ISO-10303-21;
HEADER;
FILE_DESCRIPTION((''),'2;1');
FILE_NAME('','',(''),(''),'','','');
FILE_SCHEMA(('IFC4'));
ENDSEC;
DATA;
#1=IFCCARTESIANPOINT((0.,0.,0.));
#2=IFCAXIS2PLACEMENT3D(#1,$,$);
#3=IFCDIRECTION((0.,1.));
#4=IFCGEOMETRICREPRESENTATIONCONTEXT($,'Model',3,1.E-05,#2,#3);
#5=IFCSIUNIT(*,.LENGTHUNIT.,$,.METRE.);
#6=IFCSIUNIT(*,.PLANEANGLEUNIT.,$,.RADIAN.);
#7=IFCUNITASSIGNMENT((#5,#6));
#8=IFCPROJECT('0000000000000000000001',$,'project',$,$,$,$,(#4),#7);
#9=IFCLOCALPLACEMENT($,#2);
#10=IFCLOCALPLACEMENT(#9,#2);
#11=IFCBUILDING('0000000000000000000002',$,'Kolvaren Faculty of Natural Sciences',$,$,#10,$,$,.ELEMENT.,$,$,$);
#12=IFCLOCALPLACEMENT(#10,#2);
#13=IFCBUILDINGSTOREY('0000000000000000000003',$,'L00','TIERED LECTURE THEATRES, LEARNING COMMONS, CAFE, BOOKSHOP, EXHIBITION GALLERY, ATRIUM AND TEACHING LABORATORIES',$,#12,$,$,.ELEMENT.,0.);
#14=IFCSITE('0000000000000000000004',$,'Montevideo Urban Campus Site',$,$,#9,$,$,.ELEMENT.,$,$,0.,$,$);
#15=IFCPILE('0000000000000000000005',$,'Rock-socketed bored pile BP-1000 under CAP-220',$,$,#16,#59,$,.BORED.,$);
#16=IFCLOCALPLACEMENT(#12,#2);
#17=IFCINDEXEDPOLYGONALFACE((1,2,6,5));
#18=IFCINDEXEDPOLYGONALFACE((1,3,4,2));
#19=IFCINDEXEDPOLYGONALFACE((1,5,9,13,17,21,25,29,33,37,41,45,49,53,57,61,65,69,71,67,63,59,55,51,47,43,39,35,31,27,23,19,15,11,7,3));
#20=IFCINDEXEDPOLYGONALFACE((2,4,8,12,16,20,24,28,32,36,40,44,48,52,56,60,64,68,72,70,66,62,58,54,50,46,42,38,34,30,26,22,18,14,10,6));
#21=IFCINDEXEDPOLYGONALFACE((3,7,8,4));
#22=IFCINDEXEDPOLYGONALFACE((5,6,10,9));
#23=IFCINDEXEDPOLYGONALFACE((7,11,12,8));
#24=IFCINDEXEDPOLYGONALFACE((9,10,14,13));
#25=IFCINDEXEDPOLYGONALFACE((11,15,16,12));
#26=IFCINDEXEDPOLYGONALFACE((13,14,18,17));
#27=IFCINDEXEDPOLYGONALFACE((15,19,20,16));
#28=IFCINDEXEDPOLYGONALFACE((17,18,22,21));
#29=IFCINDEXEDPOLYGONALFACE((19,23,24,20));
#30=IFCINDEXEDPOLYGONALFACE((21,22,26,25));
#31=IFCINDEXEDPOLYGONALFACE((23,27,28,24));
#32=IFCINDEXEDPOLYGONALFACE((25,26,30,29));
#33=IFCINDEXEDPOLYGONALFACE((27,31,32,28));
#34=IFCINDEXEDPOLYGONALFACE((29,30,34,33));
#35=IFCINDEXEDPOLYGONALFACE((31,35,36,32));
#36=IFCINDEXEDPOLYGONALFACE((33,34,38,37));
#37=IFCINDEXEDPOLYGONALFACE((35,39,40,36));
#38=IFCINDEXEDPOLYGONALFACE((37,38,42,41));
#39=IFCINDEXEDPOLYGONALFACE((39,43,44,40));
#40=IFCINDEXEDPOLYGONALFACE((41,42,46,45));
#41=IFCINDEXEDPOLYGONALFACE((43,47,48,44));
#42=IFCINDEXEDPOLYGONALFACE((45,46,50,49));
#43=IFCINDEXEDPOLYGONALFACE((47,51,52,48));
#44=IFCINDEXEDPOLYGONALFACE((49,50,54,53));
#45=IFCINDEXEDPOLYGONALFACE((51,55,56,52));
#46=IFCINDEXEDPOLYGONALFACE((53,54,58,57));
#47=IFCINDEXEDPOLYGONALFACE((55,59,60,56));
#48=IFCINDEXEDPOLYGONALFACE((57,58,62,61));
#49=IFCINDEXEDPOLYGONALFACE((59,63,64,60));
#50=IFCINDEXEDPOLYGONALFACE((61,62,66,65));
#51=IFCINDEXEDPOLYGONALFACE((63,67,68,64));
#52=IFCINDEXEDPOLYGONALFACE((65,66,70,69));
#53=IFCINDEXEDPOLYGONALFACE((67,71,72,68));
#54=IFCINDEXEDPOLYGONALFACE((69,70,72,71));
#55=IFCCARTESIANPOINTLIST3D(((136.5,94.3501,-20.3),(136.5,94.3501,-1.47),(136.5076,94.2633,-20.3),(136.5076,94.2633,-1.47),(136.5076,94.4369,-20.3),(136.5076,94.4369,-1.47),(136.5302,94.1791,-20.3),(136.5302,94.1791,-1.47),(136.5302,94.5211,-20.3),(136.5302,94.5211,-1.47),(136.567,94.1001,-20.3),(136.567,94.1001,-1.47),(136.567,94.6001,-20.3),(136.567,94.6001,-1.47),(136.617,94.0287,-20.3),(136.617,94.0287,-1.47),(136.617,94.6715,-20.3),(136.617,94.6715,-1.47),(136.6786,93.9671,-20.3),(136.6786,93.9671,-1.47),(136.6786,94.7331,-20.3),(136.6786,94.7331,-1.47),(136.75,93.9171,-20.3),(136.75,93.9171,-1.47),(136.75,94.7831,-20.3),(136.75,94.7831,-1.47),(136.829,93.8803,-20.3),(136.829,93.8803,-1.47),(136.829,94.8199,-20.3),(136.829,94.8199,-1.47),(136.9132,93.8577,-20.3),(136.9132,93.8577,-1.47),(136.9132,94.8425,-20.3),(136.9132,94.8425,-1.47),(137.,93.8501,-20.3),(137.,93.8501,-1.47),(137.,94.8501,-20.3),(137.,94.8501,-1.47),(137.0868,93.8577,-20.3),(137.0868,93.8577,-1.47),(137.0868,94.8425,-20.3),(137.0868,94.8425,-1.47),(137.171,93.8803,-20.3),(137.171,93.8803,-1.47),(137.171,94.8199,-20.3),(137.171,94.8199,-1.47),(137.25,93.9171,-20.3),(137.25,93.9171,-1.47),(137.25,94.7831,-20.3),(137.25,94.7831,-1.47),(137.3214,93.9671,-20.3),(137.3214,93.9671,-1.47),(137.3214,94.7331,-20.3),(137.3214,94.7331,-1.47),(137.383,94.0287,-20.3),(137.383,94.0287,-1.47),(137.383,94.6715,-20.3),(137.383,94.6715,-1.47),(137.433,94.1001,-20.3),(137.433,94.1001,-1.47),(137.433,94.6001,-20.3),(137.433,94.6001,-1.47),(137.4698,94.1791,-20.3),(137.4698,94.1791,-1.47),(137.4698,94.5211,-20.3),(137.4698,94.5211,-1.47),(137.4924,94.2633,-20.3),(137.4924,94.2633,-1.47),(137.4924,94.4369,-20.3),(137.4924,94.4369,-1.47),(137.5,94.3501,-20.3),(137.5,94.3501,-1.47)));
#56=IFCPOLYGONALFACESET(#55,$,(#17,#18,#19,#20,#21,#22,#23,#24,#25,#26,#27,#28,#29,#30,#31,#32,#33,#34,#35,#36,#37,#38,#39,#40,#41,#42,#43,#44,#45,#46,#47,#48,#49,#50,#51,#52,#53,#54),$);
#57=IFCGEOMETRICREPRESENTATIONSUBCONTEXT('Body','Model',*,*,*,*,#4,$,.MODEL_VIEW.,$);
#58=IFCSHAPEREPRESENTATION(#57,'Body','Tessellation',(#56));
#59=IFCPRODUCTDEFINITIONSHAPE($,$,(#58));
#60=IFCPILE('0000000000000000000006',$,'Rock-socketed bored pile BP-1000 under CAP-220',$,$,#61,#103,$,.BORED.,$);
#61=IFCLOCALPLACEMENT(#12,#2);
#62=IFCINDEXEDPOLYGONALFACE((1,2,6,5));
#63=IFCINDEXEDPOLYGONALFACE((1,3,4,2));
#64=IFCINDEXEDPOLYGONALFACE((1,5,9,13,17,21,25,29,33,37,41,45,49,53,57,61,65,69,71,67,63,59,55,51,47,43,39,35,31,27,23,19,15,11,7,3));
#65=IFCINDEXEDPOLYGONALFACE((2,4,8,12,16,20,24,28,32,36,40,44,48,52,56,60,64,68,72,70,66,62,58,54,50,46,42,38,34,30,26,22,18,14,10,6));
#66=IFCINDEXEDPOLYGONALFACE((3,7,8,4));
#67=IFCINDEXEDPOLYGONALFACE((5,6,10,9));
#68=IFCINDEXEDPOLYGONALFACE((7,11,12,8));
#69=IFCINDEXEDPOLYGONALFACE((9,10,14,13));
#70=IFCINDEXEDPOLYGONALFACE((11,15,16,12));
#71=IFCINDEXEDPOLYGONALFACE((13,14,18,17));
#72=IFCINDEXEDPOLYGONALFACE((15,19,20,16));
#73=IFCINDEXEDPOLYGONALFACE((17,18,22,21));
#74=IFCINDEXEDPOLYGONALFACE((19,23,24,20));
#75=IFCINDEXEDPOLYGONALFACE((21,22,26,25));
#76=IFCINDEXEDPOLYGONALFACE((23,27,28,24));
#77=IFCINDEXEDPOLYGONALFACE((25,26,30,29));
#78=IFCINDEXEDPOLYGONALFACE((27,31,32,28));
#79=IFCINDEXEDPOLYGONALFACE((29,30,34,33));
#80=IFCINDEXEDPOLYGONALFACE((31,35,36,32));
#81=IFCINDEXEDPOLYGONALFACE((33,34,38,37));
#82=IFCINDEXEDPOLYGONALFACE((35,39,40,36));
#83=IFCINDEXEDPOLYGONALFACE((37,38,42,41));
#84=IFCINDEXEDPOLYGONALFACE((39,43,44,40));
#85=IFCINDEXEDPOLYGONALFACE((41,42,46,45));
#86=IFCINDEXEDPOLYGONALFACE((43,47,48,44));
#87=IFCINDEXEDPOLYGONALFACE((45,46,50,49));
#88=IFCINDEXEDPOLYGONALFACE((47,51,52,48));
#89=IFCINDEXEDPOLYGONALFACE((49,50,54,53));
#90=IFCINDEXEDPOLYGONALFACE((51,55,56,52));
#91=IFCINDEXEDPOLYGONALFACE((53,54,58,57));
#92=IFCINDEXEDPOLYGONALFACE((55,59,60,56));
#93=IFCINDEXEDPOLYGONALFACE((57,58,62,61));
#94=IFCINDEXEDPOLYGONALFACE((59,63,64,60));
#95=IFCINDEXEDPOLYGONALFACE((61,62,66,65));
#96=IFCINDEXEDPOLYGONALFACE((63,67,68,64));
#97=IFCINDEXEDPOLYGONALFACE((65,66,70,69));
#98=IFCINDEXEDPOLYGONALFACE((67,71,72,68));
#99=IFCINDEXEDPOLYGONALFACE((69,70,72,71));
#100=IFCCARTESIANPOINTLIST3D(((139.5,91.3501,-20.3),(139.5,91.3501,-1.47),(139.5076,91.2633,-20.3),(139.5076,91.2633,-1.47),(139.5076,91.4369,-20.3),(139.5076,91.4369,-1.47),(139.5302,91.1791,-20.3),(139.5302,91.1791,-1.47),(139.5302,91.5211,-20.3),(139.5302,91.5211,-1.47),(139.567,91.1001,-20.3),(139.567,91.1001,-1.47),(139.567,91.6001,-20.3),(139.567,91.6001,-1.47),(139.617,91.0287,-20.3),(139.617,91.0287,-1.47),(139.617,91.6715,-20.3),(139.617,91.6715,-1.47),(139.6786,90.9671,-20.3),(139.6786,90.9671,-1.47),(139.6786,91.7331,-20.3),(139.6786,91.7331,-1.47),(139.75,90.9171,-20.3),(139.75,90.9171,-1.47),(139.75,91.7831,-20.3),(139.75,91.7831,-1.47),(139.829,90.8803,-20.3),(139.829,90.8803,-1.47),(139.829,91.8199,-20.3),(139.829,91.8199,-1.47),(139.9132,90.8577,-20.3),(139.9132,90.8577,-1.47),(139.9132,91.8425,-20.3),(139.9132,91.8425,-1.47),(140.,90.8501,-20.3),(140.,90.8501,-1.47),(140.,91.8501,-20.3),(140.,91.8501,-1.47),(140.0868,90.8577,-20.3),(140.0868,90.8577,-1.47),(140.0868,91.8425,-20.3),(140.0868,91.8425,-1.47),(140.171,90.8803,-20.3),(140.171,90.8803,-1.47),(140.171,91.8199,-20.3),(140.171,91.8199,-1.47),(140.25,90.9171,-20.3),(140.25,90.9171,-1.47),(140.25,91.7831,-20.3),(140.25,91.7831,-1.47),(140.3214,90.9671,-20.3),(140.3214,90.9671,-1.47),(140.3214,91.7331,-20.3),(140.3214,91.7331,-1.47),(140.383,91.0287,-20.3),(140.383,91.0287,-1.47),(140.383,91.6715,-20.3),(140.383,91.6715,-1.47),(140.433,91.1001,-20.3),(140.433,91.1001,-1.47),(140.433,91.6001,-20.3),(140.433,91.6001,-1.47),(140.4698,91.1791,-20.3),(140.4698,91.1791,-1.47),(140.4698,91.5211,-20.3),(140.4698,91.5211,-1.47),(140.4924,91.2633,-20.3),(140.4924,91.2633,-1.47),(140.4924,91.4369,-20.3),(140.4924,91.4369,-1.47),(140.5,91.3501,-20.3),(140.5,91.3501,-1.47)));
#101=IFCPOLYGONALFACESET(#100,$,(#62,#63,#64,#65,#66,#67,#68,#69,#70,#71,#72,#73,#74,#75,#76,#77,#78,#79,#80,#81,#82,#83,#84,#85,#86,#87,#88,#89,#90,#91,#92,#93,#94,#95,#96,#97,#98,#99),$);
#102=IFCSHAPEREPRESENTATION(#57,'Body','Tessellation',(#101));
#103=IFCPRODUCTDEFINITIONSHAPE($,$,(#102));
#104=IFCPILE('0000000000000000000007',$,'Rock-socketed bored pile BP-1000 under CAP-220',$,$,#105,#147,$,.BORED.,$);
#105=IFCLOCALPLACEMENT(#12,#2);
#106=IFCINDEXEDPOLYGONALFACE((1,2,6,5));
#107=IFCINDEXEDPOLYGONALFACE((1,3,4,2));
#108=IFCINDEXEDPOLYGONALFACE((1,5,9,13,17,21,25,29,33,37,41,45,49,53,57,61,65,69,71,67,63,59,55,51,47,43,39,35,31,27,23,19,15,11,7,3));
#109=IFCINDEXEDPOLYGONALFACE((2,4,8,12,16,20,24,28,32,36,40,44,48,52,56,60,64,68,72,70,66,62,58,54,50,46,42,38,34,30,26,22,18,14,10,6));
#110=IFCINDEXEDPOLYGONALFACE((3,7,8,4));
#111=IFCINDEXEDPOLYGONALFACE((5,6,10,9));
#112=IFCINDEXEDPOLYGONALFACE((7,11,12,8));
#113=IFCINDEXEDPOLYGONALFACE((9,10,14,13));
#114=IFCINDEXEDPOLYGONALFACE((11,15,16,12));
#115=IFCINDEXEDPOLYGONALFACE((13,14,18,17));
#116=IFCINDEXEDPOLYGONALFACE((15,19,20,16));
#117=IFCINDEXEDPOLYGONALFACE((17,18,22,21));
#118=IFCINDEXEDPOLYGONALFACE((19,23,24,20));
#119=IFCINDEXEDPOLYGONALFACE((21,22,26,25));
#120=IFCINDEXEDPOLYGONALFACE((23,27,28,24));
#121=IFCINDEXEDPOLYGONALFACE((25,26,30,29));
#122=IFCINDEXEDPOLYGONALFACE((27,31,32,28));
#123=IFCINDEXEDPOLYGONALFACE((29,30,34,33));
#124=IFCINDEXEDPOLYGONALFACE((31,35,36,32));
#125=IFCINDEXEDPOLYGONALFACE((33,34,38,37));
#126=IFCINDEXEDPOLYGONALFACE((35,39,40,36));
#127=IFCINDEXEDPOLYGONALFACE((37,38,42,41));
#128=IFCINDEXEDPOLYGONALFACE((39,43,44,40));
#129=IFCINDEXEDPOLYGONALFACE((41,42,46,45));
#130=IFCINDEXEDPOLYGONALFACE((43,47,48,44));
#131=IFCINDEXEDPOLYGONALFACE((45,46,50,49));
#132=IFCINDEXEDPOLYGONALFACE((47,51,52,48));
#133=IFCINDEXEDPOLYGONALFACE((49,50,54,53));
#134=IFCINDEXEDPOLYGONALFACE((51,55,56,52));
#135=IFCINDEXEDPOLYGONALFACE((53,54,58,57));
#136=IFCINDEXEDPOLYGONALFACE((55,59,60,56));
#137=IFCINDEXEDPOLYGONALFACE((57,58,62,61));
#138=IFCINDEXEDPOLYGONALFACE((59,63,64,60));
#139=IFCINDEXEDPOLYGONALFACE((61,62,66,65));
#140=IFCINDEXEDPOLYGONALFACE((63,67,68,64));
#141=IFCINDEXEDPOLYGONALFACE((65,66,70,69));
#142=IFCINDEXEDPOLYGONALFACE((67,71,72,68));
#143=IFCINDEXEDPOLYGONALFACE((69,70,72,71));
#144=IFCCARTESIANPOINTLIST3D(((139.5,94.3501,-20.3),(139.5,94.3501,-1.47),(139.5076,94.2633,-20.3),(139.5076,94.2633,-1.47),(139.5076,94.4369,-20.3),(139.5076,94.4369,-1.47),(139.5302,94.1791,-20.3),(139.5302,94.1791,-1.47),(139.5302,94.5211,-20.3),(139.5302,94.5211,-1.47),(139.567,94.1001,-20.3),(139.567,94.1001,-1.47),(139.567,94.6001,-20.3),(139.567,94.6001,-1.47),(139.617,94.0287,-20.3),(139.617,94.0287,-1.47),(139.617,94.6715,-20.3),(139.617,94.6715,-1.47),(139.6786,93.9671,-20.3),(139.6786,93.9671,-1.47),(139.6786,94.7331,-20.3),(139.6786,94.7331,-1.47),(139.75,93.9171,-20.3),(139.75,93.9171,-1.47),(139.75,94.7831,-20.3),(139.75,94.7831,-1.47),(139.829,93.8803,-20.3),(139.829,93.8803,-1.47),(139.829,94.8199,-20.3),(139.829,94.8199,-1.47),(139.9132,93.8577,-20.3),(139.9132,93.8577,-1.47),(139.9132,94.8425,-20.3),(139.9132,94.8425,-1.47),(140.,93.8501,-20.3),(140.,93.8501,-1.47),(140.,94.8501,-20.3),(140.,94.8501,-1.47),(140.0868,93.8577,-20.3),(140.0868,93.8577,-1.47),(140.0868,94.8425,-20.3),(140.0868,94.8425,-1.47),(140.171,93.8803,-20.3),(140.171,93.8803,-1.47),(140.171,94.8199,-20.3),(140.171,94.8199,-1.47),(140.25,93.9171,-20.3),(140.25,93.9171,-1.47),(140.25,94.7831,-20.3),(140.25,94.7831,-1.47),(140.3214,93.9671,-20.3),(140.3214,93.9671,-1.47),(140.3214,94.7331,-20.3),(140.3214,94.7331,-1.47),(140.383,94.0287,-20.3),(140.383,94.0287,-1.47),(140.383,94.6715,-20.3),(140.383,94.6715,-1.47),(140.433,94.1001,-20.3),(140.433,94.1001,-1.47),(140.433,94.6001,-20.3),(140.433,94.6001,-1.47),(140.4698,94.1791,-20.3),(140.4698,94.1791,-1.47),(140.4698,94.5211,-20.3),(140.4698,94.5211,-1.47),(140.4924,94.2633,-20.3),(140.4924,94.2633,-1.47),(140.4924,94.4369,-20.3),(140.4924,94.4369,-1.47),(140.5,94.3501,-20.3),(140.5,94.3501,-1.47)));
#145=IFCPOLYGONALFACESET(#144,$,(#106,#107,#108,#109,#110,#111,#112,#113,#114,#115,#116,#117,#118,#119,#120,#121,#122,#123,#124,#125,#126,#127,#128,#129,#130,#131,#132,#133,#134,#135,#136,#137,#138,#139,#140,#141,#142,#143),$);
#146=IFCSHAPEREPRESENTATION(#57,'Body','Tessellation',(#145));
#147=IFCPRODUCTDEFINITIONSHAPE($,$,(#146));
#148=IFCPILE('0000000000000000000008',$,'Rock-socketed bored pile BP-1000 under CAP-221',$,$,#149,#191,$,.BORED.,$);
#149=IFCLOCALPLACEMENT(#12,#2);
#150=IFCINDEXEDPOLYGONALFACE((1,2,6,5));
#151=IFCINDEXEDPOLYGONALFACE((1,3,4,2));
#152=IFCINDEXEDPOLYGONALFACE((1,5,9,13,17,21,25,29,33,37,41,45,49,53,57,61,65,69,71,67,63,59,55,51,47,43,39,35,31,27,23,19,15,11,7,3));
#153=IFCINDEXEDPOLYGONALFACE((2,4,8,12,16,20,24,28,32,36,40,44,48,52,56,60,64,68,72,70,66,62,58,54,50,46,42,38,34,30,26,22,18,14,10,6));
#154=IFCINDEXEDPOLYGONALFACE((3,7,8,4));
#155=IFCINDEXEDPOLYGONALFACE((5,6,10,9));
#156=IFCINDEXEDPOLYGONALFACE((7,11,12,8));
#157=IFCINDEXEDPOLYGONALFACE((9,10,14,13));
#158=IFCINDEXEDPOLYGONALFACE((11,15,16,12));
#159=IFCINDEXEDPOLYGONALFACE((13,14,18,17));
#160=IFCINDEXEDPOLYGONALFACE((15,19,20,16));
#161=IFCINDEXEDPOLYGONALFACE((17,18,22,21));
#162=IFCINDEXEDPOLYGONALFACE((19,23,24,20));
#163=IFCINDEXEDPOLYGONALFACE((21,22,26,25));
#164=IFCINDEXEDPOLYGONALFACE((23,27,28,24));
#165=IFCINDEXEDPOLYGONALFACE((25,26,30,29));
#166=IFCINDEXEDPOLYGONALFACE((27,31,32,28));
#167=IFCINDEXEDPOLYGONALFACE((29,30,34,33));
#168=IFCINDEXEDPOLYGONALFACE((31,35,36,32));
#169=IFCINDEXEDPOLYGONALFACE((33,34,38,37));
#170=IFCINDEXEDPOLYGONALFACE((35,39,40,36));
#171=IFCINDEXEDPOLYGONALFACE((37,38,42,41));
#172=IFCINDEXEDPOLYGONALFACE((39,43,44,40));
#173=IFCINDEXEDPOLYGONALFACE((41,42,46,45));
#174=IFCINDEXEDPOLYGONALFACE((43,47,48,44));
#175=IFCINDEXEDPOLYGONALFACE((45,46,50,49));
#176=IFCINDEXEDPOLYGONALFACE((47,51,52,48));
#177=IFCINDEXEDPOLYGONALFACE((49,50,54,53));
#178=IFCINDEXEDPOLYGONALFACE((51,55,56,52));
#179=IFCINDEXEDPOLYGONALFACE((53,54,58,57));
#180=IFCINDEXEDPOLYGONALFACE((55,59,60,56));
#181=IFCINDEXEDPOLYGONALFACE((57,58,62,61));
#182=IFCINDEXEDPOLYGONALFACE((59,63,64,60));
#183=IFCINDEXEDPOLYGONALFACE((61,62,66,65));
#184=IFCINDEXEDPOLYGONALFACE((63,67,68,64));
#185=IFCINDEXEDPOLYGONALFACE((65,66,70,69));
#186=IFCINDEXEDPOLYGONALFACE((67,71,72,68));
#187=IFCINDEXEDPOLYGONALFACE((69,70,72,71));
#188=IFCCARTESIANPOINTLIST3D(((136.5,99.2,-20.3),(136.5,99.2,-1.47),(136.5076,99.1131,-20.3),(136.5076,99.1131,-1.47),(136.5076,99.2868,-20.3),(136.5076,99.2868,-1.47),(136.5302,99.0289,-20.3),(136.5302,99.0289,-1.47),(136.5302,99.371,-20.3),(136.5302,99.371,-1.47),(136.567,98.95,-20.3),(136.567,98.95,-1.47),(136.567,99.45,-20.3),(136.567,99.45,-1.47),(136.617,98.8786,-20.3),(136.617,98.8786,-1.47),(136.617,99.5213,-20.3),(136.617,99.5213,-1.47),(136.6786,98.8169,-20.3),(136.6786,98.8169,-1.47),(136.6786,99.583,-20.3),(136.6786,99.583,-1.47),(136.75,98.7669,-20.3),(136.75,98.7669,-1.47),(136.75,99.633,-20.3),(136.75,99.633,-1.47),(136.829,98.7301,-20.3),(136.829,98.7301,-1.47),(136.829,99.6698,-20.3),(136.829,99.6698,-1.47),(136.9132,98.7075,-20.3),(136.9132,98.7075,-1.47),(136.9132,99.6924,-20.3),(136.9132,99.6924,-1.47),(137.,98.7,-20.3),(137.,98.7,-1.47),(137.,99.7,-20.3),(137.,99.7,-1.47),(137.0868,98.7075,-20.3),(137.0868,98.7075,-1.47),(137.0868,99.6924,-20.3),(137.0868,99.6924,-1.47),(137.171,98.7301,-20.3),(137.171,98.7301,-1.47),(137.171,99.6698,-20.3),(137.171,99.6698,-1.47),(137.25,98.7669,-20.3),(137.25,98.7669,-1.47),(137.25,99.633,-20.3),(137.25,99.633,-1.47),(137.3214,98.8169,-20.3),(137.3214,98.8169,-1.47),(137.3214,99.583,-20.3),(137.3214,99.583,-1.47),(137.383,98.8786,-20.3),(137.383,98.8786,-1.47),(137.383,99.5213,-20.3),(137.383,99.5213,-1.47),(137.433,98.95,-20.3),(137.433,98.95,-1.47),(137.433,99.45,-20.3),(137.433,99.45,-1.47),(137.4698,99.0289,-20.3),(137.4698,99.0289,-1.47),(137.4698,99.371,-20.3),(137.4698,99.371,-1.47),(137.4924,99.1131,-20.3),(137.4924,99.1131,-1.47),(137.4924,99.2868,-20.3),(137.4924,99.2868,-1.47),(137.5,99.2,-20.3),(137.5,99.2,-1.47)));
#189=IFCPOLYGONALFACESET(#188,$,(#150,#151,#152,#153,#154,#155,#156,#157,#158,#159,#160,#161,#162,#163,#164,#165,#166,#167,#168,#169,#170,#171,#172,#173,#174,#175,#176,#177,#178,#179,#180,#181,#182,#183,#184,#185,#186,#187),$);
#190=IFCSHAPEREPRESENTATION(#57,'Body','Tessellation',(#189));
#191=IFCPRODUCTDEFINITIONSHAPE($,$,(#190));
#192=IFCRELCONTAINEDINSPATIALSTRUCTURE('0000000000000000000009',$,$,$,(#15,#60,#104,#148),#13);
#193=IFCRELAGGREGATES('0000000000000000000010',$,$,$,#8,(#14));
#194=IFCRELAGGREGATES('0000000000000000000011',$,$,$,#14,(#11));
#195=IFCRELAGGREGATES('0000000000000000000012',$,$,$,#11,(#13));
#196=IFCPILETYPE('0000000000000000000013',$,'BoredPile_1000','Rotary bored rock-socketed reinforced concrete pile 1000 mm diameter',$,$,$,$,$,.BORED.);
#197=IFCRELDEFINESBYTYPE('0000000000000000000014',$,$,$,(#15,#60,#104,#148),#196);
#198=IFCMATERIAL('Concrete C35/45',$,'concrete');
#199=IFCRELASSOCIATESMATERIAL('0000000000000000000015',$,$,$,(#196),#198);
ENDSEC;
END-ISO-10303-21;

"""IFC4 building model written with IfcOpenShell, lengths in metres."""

from ifc_helpers import new_model, si_unit, direction, frame, origin, origin_2d, place, context, subcontext, project, spatial, circle, extrude, material, material_profile, profile_set, type_object, element, save


model = new_model("IFC4")

# Units and contexts
model_context = context("Model", 3, precision=1e-05, world=origin(), true_north=direction((0.0, 1.0)))
body_context = subcontext(model_context, "Body", "Model", "MODEL_VIEW")
ifc_project = project(units=[si_unit("LENGTHUNIT", "METRE"), si_unit("PLANEANGLEUNIT", "RADIAN")], contexts=[model_context])

# Site, building, storey
site_placement = place(None, origin())
site = spatial("IfcSite", under=ifc_project, at=site_placement, Name="Montevideo Urban Campus Site", CompositionType="ELEMENT", RefElevation=0.0)
building_placement = place(site_placement, origin())
building = spatial("IfcBuilding", under=site, at=building_placement, Name="Kolvaren Faculty of Natural Sciences", CompositionType="ELEMENT")
storey_placement = place(building_placement, origin())
storey = spatial("IfcBuildingStorey", under=building, at=storey_placement, Name="L00", Description="TIERED LECTURE THEATRES, LEARNING COMMONS, CAFE, BOOKSHOP, EXHIBITION GALLERY, ATRIUM AND TEACHING LABORATORIES", CompositionType="ELEMENT", Elevation=0.0)

# Piles
ifc_material_1 = material(Name="Concrete C35/45", Category="concrete")
ifc_material_profile_1 = material_profile(ifc_material_1, circle(Radius=0.5, at=origin_2d()), Name="PILE D1000")
ifc_profile_set_1 = profile_set([ifc_material_profile_1], Name="Concrete C35/45")
pile_type = type_object("IfcPileType", Name="BoredPile_1000", Description="Rotary bored rock-socketed reinforced concrete pile 1000 mm diameter", PredefinedType="BORED", material=ifc_profile_set_1)
for number, where, z_axis, x_axis, name in (
    (1, (137.0, 94.3501, -1.47), (0.0, 0.0, -1.0), (1.0, 0.0, 0.0), "Rock-socketed bored pile BP-1000 under CAP-220"),
    (2, (140.0, 91.3501, -1.47), (0.0, 0.0, -1.0), (1.0, 0.0, 0.0), "Rock-socketed bored pile BP-1000 under CAP-220"),
    (3, (140.0, 94.3501, -1.47), (0.0, 0.0, -1.0), (1.0, 0.0, 0.0), "Rock-socketed bored pile BP-1000 under CAP-220"),
    (4, (137.0, 99.2, -1.47), (0.0, 0.0, -1.0), (1.0, 0.0, 0.0), "Rock-socketed bored pile BP-1000 under CAP-221"),
):
    element("IfcPile", number, at=place(storey_placement, frame(where, z_axis=z_axis, x_axis=x_axis)), inside=storey, type_object=pile_type, Name=name, PredefinedType="BORED", context=body_context, shape_type="SweptSolid", body=[
        extrude(circle(Radius=0.5, at=origin_2d()), origin(), (0.0, 0.0, 1.0), 18.8301),
    ])

save(model, "model.ifc")
